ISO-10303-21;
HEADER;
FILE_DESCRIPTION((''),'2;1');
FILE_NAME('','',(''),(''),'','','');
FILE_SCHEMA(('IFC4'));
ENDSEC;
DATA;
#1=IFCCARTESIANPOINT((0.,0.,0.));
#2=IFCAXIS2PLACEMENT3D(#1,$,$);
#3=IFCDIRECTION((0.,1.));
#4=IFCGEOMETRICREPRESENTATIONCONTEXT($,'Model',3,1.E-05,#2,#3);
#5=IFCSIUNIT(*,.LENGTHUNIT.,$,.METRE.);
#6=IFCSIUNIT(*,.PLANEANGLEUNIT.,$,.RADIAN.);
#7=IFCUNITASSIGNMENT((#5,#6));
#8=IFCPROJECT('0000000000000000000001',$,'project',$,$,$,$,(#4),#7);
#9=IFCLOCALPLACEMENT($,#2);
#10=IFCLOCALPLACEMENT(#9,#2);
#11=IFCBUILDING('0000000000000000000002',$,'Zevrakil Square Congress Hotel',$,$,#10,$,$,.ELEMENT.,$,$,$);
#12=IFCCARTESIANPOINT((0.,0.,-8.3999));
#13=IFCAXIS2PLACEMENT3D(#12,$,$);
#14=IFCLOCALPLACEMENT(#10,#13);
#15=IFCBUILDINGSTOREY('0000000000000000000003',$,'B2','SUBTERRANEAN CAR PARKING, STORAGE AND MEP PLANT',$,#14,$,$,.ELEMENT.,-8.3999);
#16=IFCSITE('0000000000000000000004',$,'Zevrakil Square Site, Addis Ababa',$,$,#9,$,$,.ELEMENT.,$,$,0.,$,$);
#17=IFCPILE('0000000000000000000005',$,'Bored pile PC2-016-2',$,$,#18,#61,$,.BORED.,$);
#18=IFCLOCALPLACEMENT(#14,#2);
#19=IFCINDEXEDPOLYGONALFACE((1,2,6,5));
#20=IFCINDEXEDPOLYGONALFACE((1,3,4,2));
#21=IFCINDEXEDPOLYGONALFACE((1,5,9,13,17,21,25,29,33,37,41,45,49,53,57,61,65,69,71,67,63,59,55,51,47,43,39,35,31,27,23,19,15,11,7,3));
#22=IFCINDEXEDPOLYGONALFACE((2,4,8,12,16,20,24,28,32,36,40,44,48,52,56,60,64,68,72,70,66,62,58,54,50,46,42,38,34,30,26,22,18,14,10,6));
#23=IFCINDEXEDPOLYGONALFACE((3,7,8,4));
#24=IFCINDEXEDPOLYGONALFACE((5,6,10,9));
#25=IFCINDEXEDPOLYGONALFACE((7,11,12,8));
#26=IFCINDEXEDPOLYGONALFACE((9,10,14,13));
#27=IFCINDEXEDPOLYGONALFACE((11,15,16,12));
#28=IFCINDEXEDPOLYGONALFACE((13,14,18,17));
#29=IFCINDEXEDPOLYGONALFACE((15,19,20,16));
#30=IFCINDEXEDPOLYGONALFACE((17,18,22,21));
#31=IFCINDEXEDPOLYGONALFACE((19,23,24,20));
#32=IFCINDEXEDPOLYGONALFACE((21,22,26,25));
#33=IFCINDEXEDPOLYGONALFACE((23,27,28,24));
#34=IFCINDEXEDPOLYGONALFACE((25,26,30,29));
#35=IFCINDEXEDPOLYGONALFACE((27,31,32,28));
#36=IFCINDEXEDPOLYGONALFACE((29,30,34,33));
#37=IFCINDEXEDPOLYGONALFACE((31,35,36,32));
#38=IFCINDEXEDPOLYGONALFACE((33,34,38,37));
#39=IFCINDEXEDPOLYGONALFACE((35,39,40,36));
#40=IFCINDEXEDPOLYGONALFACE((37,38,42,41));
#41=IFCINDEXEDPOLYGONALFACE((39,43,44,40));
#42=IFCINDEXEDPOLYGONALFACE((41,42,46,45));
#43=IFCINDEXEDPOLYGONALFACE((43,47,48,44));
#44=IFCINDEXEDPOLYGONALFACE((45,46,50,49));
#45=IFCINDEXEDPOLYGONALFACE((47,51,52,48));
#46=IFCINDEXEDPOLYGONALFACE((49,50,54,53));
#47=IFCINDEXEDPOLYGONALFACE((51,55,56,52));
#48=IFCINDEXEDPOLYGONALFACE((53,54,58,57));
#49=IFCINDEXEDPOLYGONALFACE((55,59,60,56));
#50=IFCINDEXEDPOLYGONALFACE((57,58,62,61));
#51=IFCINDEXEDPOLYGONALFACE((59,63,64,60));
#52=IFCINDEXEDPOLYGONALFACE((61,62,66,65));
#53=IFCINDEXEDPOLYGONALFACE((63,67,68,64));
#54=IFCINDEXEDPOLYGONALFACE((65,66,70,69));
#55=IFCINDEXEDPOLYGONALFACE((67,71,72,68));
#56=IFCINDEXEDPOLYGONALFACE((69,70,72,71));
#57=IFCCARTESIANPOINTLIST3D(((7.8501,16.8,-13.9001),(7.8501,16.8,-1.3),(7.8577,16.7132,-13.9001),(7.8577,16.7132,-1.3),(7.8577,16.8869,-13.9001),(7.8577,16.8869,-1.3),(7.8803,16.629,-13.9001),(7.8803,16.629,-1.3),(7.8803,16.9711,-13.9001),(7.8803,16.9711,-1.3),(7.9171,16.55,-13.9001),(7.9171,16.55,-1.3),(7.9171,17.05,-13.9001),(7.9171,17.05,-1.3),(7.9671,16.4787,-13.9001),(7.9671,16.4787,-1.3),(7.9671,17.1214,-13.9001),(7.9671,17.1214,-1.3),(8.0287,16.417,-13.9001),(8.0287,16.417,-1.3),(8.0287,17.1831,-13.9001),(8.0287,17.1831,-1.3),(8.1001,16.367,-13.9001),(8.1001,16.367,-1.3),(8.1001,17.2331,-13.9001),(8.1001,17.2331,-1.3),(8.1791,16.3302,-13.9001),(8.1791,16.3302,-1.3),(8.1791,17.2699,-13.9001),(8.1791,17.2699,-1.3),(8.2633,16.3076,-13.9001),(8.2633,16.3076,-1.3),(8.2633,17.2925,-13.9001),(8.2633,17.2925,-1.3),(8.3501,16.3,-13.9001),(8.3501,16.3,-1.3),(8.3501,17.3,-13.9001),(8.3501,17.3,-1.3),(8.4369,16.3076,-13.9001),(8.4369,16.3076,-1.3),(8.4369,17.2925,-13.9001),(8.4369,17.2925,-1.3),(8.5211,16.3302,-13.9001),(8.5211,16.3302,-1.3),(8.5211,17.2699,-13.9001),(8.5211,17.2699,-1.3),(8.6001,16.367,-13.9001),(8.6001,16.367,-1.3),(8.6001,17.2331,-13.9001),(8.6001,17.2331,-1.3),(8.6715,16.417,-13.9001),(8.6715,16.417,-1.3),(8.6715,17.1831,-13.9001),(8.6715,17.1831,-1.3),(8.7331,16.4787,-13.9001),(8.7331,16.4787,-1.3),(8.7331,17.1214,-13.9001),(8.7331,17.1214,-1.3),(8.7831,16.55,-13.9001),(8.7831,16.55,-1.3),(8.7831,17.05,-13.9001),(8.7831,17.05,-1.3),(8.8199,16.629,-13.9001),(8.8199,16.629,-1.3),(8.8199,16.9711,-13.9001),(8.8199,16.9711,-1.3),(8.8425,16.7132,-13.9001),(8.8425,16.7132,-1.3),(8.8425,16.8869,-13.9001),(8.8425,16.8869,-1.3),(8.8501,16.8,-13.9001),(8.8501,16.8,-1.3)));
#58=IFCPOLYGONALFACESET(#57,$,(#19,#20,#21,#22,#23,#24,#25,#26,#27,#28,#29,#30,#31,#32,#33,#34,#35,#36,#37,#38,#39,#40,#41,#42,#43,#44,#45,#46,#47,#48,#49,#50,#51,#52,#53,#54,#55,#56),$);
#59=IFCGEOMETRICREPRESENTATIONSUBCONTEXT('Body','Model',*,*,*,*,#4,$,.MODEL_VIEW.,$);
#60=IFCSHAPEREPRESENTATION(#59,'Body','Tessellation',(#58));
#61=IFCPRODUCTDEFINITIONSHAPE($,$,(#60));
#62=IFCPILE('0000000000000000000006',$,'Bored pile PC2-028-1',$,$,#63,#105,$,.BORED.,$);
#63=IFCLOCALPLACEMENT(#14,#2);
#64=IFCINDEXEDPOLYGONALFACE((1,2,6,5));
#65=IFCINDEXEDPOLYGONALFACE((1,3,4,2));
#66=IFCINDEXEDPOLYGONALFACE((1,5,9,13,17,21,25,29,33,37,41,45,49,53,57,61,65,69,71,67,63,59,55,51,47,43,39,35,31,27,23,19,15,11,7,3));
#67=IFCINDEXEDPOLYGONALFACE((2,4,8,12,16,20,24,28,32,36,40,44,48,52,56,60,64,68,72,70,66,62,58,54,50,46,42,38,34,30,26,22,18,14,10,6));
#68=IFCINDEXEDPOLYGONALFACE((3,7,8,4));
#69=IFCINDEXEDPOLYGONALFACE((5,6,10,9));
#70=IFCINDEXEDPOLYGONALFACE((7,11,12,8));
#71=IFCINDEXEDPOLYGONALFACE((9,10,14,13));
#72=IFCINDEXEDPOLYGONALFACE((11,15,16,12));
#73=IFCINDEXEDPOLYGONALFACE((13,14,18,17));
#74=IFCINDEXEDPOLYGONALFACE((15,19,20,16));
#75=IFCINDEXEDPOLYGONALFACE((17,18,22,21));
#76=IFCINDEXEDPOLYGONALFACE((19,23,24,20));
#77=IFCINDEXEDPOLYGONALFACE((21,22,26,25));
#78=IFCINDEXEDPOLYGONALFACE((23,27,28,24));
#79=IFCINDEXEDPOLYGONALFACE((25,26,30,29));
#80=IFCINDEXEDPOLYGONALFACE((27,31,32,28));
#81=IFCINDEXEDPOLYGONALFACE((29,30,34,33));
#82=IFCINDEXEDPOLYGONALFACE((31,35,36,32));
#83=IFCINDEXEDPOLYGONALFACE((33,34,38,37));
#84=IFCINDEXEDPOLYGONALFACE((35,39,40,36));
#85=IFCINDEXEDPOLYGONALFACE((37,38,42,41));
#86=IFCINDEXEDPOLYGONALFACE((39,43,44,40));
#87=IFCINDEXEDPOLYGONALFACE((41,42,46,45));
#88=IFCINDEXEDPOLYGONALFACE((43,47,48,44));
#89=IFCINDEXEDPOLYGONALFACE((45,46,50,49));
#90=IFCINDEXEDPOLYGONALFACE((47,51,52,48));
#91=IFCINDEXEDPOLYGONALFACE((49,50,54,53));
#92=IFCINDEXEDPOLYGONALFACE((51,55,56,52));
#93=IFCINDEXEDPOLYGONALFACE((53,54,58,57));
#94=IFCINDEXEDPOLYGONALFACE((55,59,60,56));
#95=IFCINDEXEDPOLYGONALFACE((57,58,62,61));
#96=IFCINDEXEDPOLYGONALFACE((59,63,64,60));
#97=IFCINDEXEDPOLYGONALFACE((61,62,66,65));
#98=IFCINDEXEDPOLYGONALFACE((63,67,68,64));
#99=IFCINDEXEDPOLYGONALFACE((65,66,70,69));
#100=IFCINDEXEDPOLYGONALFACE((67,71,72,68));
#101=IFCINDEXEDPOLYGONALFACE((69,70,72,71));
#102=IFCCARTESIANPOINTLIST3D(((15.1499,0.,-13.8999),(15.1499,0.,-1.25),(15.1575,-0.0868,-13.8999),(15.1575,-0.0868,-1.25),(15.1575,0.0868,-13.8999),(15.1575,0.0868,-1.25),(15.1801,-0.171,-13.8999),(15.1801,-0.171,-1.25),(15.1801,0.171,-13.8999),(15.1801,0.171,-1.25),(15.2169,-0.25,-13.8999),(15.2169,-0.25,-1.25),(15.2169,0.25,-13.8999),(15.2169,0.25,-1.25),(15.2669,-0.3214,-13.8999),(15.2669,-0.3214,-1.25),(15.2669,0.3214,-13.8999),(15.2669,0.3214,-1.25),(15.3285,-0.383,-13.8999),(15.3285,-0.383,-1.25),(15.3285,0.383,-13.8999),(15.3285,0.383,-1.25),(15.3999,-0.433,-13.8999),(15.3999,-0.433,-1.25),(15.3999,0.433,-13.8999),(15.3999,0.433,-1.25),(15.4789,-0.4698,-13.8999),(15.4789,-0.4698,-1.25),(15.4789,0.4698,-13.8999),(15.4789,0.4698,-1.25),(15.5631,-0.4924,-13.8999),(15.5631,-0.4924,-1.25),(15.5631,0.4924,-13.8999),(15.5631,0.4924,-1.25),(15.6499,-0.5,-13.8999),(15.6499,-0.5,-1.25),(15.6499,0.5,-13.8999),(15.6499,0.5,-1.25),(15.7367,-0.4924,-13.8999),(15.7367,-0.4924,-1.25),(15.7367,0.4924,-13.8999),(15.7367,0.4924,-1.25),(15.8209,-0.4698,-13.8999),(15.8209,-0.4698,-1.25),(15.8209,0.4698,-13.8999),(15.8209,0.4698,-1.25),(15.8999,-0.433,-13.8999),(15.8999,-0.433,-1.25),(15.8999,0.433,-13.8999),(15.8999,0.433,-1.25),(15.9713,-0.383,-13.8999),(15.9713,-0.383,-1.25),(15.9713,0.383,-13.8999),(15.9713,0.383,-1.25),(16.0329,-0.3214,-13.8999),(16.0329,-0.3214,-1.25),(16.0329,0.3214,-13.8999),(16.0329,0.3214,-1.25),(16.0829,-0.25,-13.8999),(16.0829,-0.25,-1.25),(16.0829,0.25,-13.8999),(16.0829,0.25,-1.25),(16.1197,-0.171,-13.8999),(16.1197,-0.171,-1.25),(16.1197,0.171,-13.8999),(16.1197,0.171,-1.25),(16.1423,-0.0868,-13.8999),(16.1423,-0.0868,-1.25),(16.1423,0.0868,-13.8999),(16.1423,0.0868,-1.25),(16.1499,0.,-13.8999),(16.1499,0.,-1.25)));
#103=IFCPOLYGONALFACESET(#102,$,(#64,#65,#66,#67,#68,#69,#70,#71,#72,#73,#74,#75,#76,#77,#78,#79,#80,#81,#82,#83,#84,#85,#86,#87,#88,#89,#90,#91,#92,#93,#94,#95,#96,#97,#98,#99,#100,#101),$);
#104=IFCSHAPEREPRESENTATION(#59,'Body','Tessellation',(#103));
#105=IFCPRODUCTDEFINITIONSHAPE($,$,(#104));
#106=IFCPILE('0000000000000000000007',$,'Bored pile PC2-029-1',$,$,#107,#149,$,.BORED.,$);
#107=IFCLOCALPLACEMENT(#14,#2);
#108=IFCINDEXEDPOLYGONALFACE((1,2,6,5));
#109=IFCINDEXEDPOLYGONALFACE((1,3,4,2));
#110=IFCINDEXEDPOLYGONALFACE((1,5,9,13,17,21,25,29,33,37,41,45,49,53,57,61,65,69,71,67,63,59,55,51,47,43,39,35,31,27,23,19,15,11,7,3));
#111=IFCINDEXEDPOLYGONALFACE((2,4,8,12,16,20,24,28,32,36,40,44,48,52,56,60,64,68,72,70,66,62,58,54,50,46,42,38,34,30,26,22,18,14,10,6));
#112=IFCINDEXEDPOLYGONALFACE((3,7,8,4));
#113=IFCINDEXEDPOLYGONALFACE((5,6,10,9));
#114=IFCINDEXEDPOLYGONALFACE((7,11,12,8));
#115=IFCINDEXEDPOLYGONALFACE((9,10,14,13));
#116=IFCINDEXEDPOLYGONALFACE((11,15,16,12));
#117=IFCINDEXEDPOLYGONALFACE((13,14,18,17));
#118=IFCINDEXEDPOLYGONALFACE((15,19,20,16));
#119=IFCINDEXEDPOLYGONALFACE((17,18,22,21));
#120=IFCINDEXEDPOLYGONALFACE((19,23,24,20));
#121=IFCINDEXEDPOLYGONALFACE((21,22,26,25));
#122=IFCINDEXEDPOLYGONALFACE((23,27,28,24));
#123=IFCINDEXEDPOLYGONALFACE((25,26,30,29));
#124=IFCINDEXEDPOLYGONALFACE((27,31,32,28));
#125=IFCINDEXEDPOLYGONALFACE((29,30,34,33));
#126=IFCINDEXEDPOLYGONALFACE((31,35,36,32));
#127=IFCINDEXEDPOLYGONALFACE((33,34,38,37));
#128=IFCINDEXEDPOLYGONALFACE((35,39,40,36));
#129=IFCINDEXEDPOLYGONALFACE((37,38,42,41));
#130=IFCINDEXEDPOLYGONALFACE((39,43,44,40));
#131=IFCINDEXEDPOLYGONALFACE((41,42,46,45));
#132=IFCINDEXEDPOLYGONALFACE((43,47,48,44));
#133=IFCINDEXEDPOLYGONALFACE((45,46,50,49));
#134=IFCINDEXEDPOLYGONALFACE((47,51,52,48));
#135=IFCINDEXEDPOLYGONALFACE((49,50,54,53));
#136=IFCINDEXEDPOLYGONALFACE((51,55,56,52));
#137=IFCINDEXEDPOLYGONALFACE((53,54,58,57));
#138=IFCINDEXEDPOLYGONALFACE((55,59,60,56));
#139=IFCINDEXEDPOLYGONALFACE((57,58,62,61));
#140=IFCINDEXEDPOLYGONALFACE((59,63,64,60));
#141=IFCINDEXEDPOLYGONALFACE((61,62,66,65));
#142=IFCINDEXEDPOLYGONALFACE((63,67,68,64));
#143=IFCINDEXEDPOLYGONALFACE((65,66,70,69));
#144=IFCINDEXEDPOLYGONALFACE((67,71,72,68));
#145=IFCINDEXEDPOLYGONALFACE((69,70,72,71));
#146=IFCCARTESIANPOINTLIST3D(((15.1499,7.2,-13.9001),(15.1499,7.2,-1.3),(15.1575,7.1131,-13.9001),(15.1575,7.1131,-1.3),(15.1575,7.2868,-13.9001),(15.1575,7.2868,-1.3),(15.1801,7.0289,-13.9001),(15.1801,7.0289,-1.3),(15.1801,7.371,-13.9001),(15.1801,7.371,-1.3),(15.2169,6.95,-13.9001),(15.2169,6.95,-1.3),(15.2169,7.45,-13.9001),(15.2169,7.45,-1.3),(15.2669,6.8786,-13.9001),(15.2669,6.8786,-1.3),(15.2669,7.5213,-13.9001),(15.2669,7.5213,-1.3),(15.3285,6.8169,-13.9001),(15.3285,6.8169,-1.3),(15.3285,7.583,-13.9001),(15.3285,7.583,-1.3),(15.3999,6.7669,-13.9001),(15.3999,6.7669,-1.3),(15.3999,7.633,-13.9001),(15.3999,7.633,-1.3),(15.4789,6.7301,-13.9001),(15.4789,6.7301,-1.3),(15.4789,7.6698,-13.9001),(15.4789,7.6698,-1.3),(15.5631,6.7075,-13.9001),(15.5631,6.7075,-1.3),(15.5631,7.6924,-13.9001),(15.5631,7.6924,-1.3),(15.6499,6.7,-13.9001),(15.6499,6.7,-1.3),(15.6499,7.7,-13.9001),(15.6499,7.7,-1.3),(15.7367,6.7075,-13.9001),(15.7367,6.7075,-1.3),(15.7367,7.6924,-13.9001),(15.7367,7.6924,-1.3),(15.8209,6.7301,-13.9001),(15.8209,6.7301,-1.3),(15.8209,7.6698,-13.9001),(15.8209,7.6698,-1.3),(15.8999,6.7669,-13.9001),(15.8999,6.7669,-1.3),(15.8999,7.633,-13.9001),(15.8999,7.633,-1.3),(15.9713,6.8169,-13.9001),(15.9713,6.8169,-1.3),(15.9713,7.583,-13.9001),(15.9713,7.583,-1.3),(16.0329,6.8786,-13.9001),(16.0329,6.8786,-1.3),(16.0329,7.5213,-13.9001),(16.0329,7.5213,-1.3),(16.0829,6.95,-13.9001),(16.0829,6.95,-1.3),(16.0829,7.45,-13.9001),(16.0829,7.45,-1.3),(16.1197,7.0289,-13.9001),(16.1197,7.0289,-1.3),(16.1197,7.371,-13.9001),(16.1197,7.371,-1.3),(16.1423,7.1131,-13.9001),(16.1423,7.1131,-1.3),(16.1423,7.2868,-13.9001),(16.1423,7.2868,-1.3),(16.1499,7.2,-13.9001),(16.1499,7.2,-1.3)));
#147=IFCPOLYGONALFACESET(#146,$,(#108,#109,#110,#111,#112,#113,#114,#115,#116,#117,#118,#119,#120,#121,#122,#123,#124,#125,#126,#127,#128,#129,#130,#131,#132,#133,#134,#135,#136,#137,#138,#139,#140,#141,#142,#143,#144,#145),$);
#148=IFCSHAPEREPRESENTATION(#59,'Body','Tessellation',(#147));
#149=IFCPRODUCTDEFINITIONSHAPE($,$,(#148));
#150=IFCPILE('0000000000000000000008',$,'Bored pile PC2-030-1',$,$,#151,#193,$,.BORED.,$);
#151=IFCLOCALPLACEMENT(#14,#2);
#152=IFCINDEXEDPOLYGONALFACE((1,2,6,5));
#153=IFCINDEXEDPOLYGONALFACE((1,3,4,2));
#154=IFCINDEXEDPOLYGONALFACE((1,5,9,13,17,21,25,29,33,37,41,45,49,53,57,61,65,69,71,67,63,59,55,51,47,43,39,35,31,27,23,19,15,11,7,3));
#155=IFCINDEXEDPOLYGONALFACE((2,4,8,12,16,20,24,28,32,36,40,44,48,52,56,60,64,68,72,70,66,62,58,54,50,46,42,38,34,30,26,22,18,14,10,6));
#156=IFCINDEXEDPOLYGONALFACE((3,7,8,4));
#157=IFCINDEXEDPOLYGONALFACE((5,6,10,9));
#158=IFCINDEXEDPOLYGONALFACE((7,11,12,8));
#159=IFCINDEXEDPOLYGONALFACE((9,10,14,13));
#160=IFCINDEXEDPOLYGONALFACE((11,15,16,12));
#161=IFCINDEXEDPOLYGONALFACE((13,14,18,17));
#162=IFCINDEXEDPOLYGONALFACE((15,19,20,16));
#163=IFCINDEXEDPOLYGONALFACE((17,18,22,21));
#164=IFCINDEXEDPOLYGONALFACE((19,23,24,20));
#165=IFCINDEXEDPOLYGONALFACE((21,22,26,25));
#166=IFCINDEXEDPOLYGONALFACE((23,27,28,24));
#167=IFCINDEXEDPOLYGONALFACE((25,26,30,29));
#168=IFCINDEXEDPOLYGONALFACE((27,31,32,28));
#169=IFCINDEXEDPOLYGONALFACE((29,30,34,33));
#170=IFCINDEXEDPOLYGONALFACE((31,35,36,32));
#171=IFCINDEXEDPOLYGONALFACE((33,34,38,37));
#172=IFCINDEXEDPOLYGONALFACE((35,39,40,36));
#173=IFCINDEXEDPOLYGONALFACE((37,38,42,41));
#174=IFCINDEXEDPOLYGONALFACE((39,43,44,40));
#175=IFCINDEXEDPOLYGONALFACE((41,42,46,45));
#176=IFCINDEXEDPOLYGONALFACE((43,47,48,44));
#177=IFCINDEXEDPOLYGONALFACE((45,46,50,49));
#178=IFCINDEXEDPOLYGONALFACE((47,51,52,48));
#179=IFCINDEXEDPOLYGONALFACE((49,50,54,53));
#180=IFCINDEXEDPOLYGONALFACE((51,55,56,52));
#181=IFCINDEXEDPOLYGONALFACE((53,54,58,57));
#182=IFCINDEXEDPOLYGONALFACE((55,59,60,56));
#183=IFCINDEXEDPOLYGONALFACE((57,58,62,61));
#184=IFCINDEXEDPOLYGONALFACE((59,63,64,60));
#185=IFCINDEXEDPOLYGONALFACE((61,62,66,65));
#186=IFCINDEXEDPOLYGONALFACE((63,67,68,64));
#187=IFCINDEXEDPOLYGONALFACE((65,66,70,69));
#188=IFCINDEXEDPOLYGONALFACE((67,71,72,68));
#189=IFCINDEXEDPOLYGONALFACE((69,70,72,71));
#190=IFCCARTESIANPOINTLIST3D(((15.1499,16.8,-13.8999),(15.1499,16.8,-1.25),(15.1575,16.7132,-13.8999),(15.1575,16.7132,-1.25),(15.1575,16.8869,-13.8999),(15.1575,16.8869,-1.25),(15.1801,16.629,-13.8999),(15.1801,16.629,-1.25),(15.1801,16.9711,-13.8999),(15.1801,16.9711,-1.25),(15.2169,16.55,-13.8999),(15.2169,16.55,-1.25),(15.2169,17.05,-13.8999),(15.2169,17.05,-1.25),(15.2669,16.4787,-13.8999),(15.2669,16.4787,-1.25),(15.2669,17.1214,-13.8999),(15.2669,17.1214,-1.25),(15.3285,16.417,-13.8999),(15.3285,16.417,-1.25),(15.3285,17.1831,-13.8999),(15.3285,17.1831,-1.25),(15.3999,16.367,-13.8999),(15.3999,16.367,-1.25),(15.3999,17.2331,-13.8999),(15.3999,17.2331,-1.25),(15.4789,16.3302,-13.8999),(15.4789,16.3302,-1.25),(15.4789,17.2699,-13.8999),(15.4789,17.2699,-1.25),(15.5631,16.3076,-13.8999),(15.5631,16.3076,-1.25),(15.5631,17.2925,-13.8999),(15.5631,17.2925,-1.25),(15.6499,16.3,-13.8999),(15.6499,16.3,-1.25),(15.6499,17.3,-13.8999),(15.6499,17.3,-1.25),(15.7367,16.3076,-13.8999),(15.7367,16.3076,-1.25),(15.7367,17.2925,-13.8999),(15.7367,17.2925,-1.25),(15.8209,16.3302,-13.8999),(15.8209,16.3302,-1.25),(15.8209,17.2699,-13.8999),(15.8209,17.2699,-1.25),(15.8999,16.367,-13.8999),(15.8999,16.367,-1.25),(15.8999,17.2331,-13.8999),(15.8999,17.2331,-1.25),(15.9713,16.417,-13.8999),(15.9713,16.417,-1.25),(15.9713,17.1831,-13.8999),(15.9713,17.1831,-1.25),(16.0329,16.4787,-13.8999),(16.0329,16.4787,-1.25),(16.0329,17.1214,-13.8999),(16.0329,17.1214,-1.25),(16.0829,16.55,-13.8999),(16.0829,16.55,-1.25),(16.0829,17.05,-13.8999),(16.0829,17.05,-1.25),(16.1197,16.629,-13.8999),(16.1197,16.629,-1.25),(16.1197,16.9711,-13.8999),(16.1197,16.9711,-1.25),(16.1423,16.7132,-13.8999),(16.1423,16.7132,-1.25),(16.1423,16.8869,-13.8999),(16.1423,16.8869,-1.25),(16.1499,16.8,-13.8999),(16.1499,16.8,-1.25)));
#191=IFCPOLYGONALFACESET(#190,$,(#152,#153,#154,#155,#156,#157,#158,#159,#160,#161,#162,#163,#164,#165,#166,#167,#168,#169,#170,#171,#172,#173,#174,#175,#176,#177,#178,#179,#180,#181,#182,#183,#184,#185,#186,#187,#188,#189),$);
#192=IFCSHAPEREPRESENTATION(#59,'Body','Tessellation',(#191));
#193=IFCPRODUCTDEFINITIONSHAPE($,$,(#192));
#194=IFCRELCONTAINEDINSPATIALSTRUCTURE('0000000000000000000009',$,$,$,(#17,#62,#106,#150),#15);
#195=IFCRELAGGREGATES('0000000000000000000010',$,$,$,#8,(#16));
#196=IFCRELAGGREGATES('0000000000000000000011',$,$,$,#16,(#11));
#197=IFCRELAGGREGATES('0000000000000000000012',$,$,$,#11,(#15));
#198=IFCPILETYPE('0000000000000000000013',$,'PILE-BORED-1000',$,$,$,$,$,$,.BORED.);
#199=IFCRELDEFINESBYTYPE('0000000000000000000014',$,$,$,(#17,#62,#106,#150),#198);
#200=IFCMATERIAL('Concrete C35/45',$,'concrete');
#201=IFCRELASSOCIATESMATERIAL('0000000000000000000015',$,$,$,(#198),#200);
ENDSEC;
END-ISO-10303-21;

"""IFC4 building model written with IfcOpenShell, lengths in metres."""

from ifc_helpers import new_model, si_unit, direction, frame, origin, origin_2d, place, context, subcontext, project, spatial, circle, extrude, material, material_profile, profile_set, type_object, element, save


model = new_model("IFC4")

# Units and contexts
model_context = context("Model", 3, precision=1e-05, world=origin(), true_north=direction((0.0, 1.0)))
body_context = subcontext(model_context, "Body", "Model", "MODEL_VIEW")
ifc_project = project(units=[si_unit("LENGTHUNIT", "METRE"), si_unit("PLANEANGLEUNIT", "RADIAN")], contexts=[model_context])

# Site, building, storey
site_placement = place(None, origin())
site = spatial("IfcSite", under=ifc_project, at=site_placement, Name="Zevrakil Square Site, Addis Ababa", CompositionType="ELEMENT", RefElevation=0.0)
building_placement = place(site_placement, origin())
building = spatial("IfcBuilding", under=site, at=building_placement, Name="Zevrakil Square Congress Hotel", CompositionType="ELEMENT")
storey_placement = place(building_placement, frame((0.0, 0.0, -8.3999)))
storey = spatial("IfcBuildingStorey", under=building, at=storey_placement, Name="B2", Description="SUBTERRANEAN CAR PARKING, STORAGE AND MEP PLANT", CompositionType="ELEMENT", Elevation=-8.3999)

# Piles
ifc_material_1 = material(Name="Concrete C35/45", Category="concrete")
ifc_material_profile_1 = material_profile(ifc_material_1, circle(Radius=0.5, at=origin_2d()), Name="PILE D1000")
ifc_profile_set_1 = profile_set([ifc_material_profile_1], Name="Concrete C35/45")
pile_type = type_object("IfcPileType", Name="PILE-BORED-1000", PredefinedType="BORED", material=ifc_profile_set_1)
for number, where, z_axis, x_axis, name in (
    (1, (8.3501, 16.8, -1.3), (0.0, 0.0, -1.0), (1.0, 0.0, 0.0), "Bored pile PC2-016-2"),
):
    element("IfcPile", number, at=place(storey_placement, frame(where, z_axis=z_axis, x_axis=x_axis)), inside=storey, type_object=pile_type, Name=name, PredefinedType="BORED", context=body_context, shape_type="SweptSolid", body=[
        extrude(circle(Radius=0.5, at=origin_2d()), origin(), (0.0, 0.0, 1.0), 12.6001),
    ])
pile_1_placement = place(storey_placement, frame((15.6499, 0.0, -1.25), z_axis=(0.0, 0.0, -1.0), x_axis=(1.0, 0.0, 0.0)))
element("IfcPile", 2, at=pile_1_placement, inside=storey, type_object=pile_type, Name="Bored pile PC2-028-1", PredefinedType="BORED", context=body_context, shape_type="SweptSolid", body=[
    extrude(circle(Radius=0.5, at=origin_2d()), origin(), (0.0, 0.0, 1.0), 12.6499),
])
pile_2_placement = place(storey_placement, frame((15.6499, 7.2, -1.3), z_axis=(0.0, 0.0, -1.0), x_axis=(1.0, 0.0, 0.0)))
element("IfcPile", 3, at=pile_2_placement, inside=storey, type_object=pile_type, Name="Bored pile PC2-029-1", PredefinedType="BORED", context=body_context, shape_type="SweptSolid", body=[
    extrude(circle(Radius=0.5, at=origin_2d()), origin(), (0.0, 0.0, 1.0), 12.6001),
])
pile_3_placement = place(storey_placement, frame((15.6499, 16.8, -1.25), z_axis=(0.0, 0.0, -1.0), x_axis=(1.0, 0.0, 0.0)))
element("IfcPile", 4, at=pile_3_placement, inside=storey, type_object=pile_type, Name="Bored pile PC2-030-1", PredefinedType="BORED", context=body_context, shape_type="SweptSolid", body=[
    extrude(circle(Radius=0.5, at=origin_2d()), origin(), (0.0, 0.0, 1.0), 12.6499),
])

save(model, "model.ifc")
